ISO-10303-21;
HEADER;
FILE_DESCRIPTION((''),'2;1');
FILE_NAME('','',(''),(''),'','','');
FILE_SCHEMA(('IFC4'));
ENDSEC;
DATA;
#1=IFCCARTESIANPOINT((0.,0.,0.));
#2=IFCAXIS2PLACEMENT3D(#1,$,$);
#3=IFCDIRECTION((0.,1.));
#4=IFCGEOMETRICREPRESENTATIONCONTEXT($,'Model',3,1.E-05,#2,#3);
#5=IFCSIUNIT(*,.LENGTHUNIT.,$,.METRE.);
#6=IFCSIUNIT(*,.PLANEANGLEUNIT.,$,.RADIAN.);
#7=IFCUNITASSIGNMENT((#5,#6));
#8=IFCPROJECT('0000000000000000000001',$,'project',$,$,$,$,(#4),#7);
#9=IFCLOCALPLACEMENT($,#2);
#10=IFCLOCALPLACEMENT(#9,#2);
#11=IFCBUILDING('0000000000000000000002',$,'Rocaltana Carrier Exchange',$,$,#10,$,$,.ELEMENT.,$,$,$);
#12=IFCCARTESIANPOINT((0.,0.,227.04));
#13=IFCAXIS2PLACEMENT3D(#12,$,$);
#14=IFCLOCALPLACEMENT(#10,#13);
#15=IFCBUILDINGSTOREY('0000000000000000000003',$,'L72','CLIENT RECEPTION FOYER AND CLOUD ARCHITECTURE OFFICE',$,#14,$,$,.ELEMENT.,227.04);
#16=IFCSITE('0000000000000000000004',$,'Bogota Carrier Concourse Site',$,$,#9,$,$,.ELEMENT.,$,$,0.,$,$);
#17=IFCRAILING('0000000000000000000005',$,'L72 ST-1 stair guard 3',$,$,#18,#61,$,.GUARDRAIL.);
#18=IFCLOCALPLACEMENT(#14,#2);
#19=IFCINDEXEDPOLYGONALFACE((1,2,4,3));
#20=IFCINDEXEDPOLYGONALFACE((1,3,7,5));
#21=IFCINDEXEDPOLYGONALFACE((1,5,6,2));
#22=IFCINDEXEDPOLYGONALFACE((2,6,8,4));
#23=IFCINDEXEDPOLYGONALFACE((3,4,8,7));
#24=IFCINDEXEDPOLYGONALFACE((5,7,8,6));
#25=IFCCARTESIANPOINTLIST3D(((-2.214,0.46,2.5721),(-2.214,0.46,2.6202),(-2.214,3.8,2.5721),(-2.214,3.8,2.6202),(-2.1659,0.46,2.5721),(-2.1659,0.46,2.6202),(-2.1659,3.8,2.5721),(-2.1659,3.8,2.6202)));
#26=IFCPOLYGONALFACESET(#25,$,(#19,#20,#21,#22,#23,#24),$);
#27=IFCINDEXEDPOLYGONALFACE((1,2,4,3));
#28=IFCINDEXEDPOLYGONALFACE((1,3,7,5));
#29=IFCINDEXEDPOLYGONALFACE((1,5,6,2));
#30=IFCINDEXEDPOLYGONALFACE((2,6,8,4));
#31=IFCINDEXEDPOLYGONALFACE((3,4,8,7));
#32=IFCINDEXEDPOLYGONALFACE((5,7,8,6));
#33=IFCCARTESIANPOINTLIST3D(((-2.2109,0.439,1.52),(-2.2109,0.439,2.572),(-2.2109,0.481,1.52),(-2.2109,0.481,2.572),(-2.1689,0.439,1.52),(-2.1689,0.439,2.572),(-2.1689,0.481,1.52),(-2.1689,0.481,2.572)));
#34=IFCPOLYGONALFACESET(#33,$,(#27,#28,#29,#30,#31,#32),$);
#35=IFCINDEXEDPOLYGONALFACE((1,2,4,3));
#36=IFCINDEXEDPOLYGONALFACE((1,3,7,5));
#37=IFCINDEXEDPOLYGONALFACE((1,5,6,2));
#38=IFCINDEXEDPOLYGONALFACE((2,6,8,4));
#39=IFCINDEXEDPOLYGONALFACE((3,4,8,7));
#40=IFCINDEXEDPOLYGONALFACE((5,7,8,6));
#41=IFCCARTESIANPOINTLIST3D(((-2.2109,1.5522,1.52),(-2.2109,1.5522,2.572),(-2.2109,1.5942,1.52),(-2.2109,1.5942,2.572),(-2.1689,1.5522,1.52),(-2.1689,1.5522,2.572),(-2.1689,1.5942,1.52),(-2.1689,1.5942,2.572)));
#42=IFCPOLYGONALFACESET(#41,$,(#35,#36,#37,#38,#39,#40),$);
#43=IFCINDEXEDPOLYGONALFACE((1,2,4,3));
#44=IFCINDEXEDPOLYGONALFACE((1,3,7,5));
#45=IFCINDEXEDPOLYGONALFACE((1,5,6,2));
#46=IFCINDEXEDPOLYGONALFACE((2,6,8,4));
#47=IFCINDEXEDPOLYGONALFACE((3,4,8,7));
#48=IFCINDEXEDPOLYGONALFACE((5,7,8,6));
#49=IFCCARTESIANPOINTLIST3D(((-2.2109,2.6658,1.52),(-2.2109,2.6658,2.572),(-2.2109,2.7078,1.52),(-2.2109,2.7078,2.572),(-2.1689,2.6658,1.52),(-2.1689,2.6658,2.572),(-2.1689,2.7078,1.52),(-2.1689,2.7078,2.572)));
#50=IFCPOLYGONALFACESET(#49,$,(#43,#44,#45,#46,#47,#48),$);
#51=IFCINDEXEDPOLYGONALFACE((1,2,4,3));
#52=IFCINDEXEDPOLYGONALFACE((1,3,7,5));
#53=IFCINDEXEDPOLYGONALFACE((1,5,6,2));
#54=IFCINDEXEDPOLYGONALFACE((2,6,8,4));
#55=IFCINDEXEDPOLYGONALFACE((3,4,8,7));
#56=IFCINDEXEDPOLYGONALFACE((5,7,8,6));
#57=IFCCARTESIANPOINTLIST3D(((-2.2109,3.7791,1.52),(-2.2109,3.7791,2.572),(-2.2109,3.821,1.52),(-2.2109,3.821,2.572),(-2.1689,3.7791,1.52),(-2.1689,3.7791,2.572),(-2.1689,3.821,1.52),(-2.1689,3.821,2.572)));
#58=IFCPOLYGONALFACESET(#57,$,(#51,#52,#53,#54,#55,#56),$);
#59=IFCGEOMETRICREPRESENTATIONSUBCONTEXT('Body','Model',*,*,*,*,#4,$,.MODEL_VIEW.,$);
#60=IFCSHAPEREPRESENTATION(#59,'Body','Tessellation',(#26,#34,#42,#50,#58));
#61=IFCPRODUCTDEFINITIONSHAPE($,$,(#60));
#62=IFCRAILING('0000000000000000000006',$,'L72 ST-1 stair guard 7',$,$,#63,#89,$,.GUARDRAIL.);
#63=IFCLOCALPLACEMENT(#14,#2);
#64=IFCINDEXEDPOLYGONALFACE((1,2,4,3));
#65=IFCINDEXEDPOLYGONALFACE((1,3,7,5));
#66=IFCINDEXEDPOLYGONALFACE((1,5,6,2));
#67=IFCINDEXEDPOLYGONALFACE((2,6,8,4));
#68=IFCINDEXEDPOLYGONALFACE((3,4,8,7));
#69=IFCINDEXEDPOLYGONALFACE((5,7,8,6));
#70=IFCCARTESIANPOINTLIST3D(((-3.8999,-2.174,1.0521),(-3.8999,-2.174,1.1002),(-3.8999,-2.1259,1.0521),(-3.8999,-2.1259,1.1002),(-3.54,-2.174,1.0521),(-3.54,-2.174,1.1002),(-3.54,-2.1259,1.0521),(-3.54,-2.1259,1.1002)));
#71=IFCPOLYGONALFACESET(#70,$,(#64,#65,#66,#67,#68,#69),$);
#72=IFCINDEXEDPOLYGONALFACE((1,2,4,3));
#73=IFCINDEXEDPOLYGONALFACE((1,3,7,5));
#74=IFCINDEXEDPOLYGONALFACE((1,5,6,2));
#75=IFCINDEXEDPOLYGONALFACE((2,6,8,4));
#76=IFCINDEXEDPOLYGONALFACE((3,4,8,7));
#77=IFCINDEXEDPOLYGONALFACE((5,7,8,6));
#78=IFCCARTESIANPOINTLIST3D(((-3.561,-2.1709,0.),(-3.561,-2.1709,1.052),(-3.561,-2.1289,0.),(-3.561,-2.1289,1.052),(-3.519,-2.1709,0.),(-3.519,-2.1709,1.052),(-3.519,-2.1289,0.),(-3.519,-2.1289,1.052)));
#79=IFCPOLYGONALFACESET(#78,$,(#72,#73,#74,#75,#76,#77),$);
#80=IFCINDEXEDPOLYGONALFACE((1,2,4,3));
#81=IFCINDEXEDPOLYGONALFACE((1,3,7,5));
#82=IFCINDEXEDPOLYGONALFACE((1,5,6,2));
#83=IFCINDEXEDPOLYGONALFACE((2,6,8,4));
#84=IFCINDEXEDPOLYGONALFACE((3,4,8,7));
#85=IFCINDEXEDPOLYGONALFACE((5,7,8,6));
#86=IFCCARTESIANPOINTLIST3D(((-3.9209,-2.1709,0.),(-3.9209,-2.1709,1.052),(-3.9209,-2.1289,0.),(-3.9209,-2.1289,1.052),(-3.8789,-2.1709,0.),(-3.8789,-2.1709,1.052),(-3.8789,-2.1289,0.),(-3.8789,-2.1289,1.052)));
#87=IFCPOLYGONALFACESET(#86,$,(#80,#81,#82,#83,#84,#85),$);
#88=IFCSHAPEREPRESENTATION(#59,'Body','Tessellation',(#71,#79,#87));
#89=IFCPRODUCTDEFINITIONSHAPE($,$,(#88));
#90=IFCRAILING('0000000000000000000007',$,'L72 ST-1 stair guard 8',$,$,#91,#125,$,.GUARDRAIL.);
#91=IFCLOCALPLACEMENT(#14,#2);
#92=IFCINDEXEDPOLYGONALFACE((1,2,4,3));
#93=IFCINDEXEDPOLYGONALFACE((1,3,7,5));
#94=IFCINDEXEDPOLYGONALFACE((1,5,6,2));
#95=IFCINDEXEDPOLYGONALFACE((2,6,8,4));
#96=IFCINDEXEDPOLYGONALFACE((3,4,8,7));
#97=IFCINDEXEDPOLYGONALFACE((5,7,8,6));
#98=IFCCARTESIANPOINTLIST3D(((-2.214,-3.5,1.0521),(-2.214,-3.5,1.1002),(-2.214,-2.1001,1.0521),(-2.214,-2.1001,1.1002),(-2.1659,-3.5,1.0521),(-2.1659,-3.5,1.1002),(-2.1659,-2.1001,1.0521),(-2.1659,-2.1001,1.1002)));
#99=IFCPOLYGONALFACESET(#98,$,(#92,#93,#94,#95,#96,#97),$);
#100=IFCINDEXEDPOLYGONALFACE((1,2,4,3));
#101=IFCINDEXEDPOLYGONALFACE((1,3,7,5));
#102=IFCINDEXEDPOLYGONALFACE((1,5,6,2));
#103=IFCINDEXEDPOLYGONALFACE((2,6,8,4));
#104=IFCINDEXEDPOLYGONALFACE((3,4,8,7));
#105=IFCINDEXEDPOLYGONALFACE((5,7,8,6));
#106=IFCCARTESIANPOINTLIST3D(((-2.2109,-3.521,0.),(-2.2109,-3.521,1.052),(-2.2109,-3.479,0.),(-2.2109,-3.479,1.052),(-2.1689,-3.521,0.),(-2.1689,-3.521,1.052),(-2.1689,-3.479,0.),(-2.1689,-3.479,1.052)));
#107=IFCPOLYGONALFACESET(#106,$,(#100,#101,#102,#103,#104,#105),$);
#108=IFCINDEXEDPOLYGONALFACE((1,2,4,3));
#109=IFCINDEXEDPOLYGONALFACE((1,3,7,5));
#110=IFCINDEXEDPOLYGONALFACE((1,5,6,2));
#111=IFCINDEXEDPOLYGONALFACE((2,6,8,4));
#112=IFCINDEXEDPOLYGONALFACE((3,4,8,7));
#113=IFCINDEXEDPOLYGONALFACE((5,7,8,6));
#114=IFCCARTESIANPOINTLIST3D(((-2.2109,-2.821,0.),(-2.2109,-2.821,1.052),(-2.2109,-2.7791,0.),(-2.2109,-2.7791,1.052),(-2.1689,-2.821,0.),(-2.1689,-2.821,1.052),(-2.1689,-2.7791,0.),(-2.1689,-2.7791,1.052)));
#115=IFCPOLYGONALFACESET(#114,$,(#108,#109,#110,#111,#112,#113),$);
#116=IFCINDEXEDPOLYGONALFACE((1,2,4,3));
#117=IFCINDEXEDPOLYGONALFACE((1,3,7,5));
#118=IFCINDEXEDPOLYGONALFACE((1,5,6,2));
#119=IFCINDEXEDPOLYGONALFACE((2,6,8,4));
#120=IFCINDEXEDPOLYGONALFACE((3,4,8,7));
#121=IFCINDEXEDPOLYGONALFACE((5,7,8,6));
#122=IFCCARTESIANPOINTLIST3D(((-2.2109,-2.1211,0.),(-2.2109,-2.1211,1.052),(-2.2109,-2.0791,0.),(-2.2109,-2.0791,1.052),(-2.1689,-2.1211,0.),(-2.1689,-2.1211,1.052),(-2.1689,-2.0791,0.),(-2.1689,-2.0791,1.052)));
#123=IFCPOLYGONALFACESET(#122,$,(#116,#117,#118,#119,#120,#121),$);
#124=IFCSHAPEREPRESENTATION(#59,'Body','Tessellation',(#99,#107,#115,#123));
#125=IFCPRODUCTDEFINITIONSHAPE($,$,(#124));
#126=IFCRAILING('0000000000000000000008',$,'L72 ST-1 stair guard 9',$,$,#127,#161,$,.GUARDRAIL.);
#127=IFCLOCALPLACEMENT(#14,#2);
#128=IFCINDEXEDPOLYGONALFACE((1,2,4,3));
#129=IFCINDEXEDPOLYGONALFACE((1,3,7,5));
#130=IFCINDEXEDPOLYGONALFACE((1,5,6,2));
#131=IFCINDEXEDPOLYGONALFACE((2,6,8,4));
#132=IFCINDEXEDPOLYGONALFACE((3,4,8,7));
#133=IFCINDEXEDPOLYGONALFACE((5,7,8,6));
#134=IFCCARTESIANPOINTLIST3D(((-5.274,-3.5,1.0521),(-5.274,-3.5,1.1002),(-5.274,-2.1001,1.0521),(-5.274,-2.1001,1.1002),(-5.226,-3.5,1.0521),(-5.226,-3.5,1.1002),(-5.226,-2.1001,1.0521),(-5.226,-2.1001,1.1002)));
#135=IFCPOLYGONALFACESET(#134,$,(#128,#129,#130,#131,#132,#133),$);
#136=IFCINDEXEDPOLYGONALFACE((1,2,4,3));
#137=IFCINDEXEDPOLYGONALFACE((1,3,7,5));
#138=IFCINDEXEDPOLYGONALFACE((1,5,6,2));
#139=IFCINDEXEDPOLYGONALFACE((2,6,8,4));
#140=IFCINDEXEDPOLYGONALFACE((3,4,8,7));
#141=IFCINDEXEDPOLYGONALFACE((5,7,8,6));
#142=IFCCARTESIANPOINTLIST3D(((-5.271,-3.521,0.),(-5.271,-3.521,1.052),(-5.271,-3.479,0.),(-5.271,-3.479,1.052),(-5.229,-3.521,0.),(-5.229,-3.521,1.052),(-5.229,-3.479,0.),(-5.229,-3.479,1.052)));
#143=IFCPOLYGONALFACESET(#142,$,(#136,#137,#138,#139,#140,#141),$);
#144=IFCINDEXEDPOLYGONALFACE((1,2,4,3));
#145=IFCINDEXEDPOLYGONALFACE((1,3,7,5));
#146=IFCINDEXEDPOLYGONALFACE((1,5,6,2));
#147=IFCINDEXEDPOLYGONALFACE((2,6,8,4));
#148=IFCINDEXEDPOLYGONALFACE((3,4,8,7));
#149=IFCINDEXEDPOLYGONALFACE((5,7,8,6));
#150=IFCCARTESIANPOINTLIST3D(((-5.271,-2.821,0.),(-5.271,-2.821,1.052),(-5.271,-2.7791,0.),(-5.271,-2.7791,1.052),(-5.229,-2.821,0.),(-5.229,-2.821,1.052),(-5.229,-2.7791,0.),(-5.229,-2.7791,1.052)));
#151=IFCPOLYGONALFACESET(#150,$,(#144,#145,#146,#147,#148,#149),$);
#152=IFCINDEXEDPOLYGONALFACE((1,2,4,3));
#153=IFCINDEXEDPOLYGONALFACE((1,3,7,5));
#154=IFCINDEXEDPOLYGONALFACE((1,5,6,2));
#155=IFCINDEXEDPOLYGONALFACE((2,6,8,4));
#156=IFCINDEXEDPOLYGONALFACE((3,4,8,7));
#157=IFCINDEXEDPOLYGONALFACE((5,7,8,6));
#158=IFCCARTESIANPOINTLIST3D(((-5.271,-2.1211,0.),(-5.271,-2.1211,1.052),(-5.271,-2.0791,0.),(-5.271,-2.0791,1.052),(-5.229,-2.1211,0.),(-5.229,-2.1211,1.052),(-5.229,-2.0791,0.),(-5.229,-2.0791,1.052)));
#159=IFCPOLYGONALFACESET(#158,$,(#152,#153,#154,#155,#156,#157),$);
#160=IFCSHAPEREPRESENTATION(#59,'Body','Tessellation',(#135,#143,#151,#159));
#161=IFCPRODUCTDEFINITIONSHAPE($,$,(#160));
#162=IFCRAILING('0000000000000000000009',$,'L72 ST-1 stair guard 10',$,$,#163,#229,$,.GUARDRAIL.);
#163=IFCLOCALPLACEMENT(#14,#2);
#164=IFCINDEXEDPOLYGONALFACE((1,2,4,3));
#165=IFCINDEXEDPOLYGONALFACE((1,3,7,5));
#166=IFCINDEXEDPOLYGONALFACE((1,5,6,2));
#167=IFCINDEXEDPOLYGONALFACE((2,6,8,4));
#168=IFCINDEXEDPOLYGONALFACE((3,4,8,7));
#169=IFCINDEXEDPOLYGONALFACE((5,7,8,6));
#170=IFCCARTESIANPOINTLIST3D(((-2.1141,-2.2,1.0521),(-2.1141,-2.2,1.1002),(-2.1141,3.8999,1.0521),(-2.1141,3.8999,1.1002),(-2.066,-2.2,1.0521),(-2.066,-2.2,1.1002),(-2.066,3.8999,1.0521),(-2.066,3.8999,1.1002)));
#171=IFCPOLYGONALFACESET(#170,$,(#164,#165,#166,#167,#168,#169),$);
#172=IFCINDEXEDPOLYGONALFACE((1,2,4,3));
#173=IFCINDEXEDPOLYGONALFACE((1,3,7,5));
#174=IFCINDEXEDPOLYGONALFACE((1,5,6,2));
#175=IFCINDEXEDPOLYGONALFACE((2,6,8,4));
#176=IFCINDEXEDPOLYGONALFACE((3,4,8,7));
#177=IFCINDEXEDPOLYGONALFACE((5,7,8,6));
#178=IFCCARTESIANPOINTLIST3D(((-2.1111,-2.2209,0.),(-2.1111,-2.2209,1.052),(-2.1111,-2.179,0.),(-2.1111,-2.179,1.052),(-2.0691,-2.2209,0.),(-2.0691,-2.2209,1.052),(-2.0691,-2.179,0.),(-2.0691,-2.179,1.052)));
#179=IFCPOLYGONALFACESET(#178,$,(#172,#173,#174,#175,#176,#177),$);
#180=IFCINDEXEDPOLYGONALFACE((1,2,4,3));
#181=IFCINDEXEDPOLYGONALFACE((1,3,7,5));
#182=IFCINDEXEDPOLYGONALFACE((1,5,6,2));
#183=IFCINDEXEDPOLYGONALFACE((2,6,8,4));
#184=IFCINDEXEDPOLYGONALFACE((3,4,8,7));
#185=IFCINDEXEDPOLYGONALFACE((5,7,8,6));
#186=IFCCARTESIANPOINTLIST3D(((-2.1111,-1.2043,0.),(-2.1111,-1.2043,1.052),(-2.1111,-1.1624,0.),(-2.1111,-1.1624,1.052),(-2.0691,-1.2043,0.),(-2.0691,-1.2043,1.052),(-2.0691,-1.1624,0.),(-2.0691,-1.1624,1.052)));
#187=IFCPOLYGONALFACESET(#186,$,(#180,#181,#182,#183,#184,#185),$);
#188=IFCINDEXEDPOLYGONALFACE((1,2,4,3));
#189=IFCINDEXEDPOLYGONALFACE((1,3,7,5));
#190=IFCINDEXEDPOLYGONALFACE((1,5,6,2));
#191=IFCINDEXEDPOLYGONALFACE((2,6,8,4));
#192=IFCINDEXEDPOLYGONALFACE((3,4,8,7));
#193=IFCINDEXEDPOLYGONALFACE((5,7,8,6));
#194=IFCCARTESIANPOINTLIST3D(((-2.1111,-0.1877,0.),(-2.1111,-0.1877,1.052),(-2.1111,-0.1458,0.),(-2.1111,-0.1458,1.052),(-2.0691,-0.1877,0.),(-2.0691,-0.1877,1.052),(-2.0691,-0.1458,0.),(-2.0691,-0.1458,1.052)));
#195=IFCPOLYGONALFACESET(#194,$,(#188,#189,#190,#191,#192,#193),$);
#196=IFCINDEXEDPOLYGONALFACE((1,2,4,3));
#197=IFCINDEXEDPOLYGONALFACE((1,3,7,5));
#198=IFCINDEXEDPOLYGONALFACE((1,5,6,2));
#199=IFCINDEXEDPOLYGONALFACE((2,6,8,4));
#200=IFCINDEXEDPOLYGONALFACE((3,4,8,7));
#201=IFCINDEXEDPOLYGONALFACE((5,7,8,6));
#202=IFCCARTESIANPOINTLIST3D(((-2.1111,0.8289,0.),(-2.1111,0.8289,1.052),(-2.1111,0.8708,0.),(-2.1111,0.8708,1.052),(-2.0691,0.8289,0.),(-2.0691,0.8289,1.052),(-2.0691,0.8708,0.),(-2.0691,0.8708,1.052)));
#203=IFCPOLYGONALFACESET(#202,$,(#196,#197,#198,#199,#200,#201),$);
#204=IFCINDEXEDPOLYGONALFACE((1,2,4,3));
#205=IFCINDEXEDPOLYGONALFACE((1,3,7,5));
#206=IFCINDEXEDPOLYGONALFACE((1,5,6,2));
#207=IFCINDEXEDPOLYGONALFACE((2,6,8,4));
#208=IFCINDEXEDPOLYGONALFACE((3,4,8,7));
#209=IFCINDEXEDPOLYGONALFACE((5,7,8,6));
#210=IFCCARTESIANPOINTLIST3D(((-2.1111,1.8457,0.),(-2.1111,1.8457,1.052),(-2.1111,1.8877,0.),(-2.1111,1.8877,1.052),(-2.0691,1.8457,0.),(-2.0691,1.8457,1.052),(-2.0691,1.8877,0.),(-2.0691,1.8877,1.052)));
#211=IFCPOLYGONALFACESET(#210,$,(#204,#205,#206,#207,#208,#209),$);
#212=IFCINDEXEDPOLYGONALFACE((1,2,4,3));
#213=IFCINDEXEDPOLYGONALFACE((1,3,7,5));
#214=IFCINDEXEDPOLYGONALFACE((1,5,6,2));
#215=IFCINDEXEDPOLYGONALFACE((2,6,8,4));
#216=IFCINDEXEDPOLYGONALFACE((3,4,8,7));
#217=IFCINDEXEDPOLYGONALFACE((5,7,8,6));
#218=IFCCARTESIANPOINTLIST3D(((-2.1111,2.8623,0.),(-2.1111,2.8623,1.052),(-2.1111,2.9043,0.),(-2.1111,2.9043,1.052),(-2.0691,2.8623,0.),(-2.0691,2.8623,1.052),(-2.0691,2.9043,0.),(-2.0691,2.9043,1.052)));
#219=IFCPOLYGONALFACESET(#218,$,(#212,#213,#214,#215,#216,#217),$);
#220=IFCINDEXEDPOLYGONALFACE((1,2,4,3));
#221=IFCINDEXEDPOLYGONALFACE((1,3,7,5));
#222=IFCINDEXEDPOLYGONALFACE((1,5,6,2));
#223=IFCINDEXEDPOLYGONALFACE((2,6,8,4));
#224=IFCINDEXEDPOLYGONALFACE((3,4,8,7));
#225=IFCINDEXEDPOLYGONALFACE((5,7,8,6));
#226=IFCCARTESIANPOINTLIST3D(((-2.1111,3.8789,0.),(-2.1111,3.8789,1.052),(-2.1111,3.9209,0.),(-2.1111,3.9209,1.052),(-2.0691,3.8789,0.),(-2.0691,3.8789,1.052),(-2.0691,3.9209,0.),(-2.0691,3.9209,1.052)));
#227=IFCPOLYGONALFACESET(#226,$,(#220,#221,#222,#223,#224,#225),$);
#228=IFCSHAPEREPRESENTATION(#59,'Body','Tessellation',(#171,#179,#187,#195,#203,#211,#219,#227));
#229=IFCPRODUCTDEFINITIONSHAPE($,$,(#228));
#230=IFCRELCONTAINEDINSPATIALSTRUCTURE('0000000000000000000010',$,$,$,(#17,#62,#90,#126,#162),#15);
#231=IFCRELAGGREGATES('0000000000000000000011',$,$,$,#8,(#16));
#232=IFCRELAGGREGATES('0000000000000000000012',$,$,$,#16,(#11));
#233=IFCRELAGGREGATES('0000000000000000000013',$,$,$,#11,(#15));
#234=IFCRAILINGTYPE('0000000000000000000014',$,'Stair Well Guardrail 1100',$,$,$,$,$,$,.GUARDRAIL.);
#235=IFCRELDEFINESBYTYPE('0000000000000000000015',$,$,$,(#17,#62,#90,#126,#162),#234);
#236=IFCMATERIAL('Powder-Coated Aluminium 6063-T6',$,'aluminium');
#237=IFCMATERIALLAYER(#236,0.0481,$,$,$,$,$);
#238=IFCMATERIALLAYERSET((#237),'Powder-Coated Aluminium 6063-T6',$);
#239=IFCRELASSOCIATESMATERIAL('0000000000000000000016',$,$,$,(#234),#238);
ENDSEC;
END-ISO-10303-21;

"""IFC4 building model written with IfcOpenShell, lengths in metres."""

from ifc_helpers import new_model, si_unit, direction, frame, origin, origin_2d, place, context, subcontext, project, spatial, rectangle, extrude, material, layer, layer_set, type_object, element, save


model = new_model("IFC4")

# Units and contexts
model_context = context("Model", 3, precision=1e-05, world=origin(), true_north=direction((0.0, 1.0)))
body_context = subcontext(model_context, "Body", "Model", "MODEL_VIEW")
ifc_project = project(units=[si_unit("LENGTHUNIT", "METRE"), si_unit("PLANEANGLEUNIT", "RADIAN")], contexts=[model_context])

# Site, building, storey
site_placement = place(None, origin())
site = spatial("IfcSite", under=ifc_project, at=site_placement, Name="Bogota Carrier Concourse Site", CompositionType="ELEMENT", RefElevation=0.0)
building_placement = place(site_placement, origin())
building = spatial("IfcBuilding", under=site, at=building_placement, Name="Rocaltana Carrier Exchange", CompositionType="ELEMENT")
storey_placement = place(building_placement, frame((0.0, 0.0, 227.04)))
storey = spatial("IfcBuildingStorey", under=building, at=storey_placement, Name="L72", Description="CLIENT RECEPTION FOYER AND CLOUD ARCHITECTURE OFFICE", CompositionType="ELEMENT", Elevation=227.04)

# Railings
ifc_material_1 = material(Name="Powder-Coated Aluminium 6063-T6", Category="aluminium")
ifc_layer_1 = layer(ifc_material_1, 0.0481)
ifc_layer_set_1 = layer_set([ifc_layer_1], Name="Powder-Coated Aluminium 6063-T6")
railing_type_1 = type_object("IfcRailingType", Name="Stair Well Guardrail 1100", PredefinedType="GUARDRAIL", material=ifc_layer_set_1)
railing_1_placement = place(storey_placement, frame((-2.1899, 0.46, 1.52)))
element("IfcRailing", 1, at=railing_1_placement, inside=storey, type_object=railing_type_1, Name="L72 ST-1 stair guard 3", PredefinedType="GUARDRAIL", context=body_context, shape_type="SweptSolid", body=[
    extrude(rectangle(XDim=0.0481, YDim=0.0481, at=origin_2d()), frame((0.0, 0.0, 1.0762), z_axis=(0.0, 1.0, 0.0), x_axis=(-1.0, 0.0, 0.0)), (0.0, 0.0, 1.0), 3.3401),
    extrude(rectangle(XDim=0.042, YDim=0.042, at=origin_2d()), origin(), (0.0, 0.0, 1.0), 1.052),
    extrude(rectangle(XDim=0.042, YDim=0.042, at=origin_2d()), frame((0.0, 1.1133, 0.0)), (0.0, 0.0, 1.0), 1.052),
    extrude(rectangle(XDim=0.042, YDim=0.042, at=origin_2d()), frame((0.0, 2.2268, 0.0)), (0.0, 0.0, 1.0), 1.052),
    extrude(rectangle(XDim=0.042, YDim=0.042, at=origin_2d()), frame((0.0, 3.3401, 0.0)), (0.0, 0.0, 1.0), 1.052),
])
railing_2_placement = place(storey_placement, frame((-3.54, -2.1499, 0.0)))
element("IfcRailing", 2, at=railing_2_placement, inside=storey, type_object=railing_type_1, Name="L72 ST-1 stair guard 7", PredefinedType="GUARDRAIL", context=body_context, shape_type="SweptSolid", body=[
    extrude(rectangle(XDim=0.0481, YDim=0.0481, at=origin_2d()), frame((0.0, 0.0, 1.0762), z_axis=(-1.0, 0.0, 0.0), x_axis=(0.0, -1.0, 0.0)), (0.0, 0.0, 1.0), 0.3599),
    extrude(rectangle(XDim=0.042, YDim=0.042, at=origin_2d()), origin(), (0.0, 0.0, 1.0), 1.052),
    extrude(rectangle(XDim=0.042, YDim=0.042, at=origin_2d()), frame((-0.3599, 0.0, 0.0)), (0.0, 0.0, 1.0), 1.052),
])
for number, where, name in (
    (3, (-2.1899, -3.5, 0.0), "L72 ST-1 stair guard 8"),
    (4, (-5.25, -3.5, 0.0), "L72 ST-1 stair guard 9"),
):
    element("IfcRailing", number, at=place(storey_placement, frame(where)), inside=storey, type_object=railing_type_1, Name=name, PredefinedType="GUARDRAIL", context=body_context, shape_type="SweptSolid", body=[
        extrude(rectangle(XDim=0.0481, YDim=0.0481, at=origin_2d()), frame((0.0, 0.0, 1.0762), z_axis=(0.0, 1.0, 0.0), x_axis=(-1.0, 0.0, 0.0)), (0.0, 0.0, 1.0), 1.3999),
        extrude(rectangle(XDim=0.042, YDim=0.042, at=origin_2d()), origin(), (0.0, 0.0, 1.0), 1.052),
        extrude(rectangle(XDim=0.042, YDim=0.042, at=origin_2d()), frame((0.0, 0.7, 0.0)), (0.0, 0.0, 1.0), 1.052),
        extrude(rectangle(XDim=0.042, YDim=0.042, at=origin_2d()), frame((0.0, 1.3999, 0.0)), (0.0, 0.0, 1.0), 1.052),
    ])
for number, where, name in (
    (5, (-2.0901, -2.2, 0.0), "L72 ST-1 stair guard 10"),
):
    element("IfcRailing", number, at=place(storey_placement, frame(where)), inside=storey, type_object=railing_type_1, Name=name, PredefinedType="GUARDRAIL", context=body_context, shape_type="SweptSolid", body=[
        extrude(rectangle(XDim=0.0481, YDim=0.0481, at=origin_2d()), frame((0.0, 0.0, 1.0762), z_axis=(0.0, 1.0, 0.0), x_axis=(-1.0, 0.0, 0.0)), (0.0, 0.0, 1.0), 6.0999),
        extrude(rectangle(XDim=0.042, YDim=0.042, at=origin_2d()), origin(), (0.0, 0.0, 1.0), 1.052),
        extrude(rectangle(XDim=0.042, YDim=0.042, at=origin_2d()), frame((0.0, 1.0166, 0.0)), (0.0, 0.0, 1.0), 1.052),
        extrude(rectangle(XDim=0.042, YDim=0.042, at=origin_2d()), frame((0.0, 2.0332, 0.0)), (0.0, 0.0, 1.0), 1.052),
        extrude(rectangle(XDim=0.042, YDim=0.042, at=origin_2d()), frame((0.0, 3.0498, 0.0)), (0.0, 0.0, 1.0), 1.052),
        extrude(rectangle(XDim=0.042, YDim=0.042, at=origin_2d()), frame((0.0, 4.0667, 0.0)), (0.0, 0.0, 1.0), 1.052),
        extrude(rectangle(XDim=0.042, YDim=0.042, at=origin_2d()), frame((0.0, 5.0833, 0.0)), (0.0, 0.0, 1.0), 1.052),
        extrude(rectangle(XDim=0.042, YDim=0.042, at=origin_2d()), frame((0.0, 6.0999, 0.0)), (0.0, 0.0, 1.0), 1.052),
    ])

save(model, "model.ifc")
